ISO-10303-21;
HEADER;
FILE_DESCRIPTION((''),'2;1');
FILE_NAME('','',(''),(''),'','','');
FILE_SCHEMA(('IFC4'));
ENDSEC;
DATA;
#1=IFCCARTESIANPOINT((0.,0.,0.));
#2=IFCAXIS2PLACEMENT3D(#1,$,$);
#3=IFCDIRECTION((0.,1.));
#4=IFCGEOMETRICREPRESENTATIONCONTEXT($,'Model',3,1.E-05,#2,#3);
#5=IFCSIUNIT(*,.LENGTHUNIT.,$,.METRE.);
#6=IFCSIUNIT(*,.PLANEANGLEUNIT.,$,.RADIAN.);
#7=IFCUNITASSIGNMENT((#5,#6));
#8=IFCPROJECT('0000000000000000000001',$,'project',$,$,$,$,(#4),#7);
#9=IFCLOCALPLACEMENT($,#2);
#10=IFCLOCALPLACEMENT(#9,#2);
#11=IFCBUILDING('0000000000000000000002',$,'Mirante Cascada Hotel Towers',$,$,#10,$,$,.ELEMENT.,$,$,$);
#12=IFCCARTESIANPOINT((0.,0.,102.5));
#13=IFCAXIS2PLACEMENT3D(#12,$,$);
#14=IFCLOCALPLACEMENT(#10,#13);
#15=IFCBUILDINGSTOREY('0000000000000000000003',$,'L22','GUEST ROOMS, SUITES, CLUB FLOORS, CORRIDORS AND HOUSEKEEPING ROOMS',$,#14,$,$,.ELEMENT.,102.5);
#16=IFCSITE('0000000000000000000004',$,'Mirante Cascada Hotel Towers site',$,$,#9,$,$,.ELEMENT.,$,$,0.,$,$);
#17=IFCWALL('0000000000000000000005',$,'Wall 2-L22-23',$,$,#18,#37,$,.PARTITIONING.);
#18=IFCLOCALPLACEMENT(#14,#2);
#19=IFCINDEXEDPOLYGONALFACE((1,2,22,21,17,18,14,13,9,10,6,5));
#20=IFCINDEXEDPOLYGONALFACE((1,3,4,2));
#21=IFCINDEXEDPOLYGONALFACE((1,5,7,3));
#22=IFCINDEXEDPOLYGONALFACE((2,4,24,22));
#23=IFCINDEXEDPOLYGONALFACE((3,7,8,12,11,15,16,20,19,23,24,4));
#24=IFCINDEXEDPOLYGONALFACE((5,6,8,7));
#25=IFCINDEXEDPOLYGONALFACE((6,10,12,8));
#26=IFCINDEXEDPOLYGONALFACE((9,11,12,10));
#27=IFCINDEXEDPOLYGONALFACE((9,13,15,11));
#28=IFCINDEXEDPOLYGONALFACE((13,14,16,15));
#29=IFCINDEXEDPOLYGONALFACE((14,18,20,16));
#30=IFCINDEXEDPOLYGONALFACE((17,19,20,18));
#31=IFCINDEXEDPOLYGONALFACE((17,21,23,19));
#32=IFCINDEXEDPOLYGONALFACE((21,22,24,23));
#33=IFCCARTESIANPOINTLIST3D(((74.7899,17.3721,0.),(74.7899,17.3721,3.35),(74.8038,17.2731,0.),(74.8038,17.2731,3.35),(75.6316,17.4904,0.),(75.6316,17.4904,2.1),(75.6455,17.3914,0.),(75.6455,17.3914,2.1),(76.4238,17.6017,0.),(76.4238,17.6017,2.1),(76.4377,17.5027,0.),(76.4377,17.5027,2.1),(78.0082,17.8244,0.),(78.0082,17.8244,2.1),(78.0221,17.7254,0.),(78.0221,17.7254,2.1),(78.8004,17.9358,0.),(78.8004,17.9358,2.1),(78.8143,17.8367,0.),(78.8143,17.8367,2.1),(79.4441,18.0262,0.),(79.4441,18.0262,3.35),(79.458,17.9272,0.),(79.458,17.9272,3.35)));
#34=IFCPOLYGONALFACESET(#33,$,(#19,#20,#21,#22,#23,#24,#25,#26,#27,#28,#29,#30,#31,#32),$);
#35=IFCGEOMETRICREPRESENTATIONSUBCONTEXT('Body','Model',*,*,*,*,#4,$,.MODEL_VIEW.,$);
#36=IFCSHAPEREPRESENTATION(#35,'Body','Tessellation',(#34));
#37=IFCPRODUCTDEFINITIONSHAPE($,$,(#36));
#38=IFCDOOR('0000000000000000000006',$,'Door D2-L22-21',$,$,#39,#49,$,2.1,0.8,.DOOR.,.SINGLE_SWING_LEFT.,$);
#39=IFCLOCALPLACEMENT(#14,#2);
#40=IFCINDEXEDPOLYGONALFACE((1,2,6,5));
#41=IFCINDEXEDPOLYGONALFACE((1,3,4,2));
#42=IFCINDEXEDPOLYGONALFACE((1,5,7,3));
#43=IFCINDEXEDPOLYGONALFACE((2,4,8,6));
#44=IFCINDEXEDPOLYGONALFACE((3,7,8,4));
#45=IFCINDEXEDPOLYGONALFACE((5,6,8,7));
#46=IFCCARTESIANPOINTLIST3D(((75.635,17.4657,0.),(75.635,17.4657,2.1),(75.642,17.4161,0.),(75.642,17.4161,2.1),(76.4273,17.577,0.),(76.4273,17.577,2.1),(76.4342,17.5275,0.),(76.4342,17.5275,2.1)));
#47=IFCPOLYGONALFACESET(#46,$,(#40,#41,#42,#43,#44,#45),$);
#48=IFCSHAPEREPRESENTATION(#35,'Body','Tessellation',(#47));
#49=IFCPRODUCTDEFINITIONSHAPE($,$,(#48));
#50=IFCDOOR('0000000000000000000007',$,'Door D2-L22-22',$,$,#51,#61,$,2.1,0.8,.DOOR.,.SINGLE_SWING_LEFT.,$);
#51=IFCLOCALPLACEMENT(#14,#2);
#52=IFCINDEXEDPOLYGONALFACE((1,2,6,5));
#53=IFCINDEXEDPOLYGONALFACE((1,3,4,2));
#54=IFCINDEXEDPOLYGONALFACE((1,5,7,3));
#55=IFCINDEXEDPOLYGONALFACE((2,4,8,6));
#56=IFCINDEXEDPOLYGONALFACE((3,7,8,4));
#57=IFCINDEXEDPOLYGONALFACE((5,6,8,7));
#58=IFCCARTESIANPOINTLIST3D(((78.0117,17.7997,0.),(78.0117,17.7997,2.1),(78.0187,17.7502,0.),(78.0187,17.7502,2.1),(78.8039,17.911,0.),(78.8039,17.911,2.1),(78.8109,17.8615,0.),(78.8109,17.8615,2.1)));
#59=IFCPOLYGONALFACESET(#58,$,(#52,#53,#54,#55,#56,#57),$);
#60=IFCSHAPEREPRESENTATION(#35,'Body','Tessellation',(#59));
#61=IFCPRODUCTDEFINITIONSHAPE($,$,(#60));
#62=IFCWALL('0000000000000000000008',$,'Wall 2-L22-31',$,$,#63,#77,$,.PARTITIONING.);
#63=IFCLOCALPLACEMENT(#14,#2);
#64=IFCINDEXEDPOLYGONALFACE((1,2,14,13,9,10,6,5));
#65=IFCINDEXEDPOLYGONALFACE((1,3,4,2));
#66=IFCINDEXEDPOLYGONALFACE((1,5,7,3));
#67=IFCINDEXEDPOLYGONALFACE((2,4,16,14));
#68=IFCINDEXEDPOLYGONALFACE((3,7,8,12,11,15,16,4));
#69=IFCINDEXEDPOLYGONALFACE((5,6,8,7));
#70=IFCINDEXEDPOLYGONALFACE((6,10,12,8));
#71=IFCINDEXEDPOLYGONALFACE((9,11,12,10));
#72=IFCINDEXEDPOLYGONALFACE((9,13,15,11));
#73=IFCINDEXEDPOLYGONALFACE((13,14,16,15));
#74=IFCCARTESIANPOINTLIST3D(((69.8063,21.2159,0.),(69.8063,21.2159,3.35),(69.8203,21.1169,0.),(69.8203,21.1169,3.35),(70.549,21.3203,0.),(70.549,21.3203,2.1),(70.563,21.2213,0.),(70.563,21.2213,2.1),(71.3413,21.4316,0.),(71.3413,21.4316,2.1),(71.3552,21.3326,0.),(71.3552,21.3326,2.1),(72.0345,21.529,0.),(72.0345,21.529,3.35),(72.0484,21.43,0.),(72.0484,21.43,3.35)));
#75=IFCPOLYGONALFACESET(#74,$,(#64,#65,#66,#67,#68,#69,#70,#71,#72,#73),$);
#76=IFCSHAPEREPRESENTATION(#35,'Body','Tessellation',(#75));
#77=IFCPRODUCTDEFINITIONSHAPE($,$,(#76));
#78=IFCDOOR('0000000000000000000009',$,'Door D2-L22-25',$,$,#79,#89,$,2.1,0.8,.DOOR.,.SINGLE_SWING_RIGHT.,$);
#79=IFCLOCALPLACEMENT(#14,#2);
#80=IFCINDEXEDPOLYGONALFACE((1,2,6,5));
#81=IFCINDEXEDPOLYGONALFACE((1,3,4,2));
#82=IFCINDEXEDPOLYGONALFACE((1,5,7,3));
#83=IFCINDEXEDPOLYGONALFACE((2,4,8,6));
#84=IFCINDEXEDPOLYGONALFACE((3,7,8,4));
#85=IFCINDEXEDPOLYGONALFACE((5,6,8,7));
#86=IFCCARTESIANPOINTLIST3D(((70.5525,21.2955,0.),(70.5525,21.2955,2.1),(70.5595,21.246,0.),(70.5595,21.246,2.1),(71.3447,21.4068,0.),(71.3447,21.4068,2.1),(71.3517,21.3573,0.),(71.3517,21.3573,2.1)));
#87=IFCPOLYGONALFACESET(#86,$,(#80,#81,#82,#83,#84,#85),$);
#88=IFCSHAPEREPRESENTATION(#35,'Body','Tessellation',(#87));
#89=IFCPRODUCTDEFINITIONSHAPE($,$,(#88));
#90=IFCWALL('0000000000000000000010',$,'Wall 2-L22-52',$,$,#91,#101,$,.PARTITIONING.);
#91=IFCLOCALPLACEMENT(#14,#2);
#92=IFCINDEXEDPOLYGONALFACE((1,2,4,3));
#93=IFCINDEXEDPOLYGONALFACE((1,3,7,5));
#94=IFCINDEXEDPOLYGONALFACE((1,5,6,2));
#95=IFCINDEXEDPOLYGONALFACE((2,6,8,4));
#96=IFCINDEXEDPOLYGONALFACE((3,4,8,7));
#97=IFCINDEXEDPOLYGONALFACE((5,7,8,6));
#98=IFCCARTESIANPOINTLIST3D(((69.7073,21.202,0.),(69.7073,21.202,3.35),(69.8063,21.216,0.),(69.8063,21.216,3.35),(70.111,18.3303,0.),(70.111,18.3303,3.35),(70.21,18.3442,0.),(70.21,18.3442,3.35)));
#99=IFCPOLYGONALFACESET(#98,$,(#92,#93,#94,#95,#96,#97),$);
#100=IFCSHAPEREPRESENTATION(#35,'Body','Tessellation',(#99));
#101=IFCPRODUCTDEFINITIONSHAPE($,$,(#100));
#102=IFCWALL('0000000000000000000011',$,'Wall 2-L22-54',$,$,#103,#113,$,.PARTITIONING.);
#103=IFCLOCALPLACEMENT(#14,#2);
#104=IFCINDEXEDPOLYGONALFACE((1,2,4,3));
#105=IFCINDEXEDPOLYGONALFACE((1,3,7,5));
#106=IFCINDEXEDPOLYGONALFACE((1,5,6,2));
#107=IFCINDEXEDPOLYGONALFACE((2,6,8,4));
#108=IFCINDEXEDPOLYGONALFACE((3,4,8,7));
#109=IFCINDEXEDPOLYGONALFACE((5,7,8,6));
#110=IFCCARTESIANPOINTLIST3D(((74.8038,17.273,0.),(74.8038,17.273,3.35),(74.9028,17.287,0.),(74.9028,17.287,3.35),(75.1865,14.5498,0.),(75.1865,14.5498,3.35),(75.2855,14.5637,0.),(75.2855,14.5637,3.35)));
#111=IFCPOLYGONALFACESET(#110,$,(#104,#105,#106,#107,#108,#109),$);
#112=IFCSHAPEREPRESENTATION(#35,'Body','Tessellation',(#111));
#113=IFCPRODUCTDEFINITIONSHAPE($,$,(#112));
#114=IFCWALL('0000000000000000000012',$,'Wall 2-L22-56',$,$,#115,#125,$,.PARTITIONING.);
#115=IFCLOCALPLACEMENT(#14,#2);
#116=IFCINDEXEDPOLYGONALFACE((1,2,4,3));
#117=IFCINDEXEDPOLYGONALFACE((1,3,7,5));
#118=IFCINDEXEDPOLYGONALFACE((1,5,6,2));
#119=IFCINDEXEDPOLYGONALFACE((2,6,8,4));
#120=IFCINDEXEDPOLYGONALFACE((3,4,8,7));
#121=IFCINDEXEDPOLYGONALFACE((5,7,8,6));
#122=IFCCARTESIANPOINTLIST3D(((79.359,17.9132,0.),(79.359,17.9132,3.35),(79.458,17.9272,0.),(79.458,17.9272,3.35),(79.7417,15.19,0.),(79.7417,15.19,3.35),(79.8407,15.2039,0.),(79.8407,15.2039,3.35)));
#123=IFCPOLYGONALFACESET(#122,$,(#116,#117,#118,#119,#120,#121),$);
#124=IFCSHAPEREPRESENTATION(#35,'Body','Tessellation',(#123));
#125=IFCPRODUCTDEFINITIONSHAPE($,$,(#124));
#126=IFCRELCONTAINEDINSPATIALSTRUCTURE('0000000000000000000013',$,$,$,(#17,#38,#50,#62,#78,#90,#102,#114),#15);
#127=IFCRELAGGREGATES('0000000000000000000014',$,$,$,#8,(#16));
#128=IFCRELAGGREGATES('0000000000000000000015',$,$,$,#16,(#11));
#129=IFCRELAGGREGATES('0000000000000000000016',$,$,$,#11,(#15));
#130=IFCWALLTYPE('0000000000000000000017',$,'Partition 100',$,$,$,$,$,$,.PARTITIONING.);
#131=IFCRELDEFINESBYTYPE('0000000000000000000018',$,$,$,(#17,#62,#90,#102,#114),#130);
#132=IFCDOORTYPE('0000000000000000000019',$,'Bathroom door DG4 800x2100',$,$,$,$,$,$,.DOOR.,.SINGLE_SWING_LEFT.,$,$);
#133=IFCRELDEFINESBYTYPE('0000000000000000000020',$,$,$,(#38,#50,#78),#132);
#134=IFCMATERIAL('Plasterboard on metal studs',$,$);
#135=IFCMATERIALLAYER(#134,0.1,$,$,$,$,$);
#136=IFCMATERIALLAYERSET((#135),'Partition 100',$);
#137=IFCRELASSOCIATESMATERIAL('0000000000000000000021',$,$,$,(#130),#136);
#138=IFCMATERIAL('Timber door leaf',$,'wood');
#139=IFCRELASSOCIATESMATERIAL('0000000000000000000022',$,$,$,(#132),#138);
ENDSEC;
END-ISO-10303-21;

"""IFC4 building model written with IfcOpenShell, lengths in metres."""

from ifc_helpers import new_model, si_unit, direction, frame, frame_2d, origin, place, context, subcontext, project, spatial, rectangle, extrude, material, layer, layer_set, type_object, element, fill, save


model = new_model("IFC4")

# Units and contexts
model_context = context("Model", 3, precision=1e-05, world=origin(), true_north=direction((0.0, 1.0)))
body_context = subcontext(model_context, "Body", "Model", "MODEL_VIEW")
ifc_project = project(units=[si_unit("LENGTHUNIT", "METRE"), si_unit("PLANEANGLEUNIT", "RADIAN")], contexts=[model_context])

# Site, building, storey
site_placement = place(None, origin())
site = spatial("IfcSite", under=ifc_project, at=site_placement, Name="Mirante Cascada Hotel Towers site", CompositionType="ELEMENT", RefElevation=0.0)
building_placement = place(site_placement, origin())
building = spatial("IfcBuilding", under=site, at=building_placement, Name="Mirante Cascada Hotel Towers", CompositionType="ELEMENT")
storey_placement = place(building_placement, frame((0.0, 0.0, 102.5)))
storey = spatial("IfcBuildingStorey", under=building, at=storey_placement, Name="L22", Description="GUEST ROOMS, SUITES, CLUB FLOORS, CORRIDORS AND HOUSEKEEPING ROOMS", CompositionType="ELEMENT", Elevation=102.5)

# Shared definitions
ifc_material_1 = material(Name="Plasterboard on metal studs")
ifc_layer_1 = layer(ifc_material_1, 0.1)
ifc_layer_set_1 = layer_set([ifc_layer_1], Name="Partition 100")
wall_type_1 = type_object("IfcWallType", Name="Partition 100", PredefinedType="PARTITIONING", material=ifc_layer_set_1)
ifc_material_2 = material(Name="Timber door leaf", Category="wood")
door_type = type_object("IfcDoorType", Name="Bathroom door DG4 800x2100", OperationType="SINGLE_SWING_LEFT", PredefinedType="DOOR", material=ifc_material_2)

# Wall, openings, doors
wall_1_placement = place(storey_placement, frame((74.7968, 17.3226, 0.0), z_axis=(0.0, 0.0, 1.0), x_axis=(0.990268, 0.139172, 0.0)))
wall_1 = element("IfcWall", 1, at=wall_1_placement, inside=storey, type_object=wall_type_1, Name="Wall 2-L22-23", PredefinedType="PARTITIONING", context=body_context, shape_type="SweptSolid", body=[
    extrude(rectangle(XDim=4.6999, YDim=0.1, at=frame_2d((2.35, 0.0))), origin(), (0.0, 0.0, 1.0), 3.35),
])
opening_1_placement = place(wall_1_placement, frame((0.85, 0.0, 0.0)))
opening_1 = element("IfcOpeningElement", 2, at=opening_1_placement, cuts=wall_1, PredefinedType="OPENING", context=body_context, shape_type="SweptSolid", body=[
    extrude(rectangle(XDim=0.8, YDim=2.1, at=frame_2d((0.4, 1.05))), frame((0.0, 0.05, 0.0), z_axis=(0.0, -1.0, 0.0), x_axis=(1.0, 0.0, 0.0)), (0.0, 0.0, 1.0), 0.1),
])
opening_2_placement = place(wall_1_placement, frame((3.25, 0.0, 0.0)))
opening_2 = element("IfcOpeningElement", 3, at=opening_2_placement, cuts=wall_1, PredefinedType="OPENING", context=body_context, shape_type="SweptSolid", body=[
    extrude(rectangle(XDim=0.8, YDim=2.1, at=frame_2d((0.4, 1.05))), frame((0.0, 0.05, 0.0), z_axis=(0.0, -1.0, 0.0), x_axis=(1.0, 0.0, 0.0)), (0.0, 0.0, 1.0), 0.1),
])
door_1_placement = place(opening_1_placement, origin())
door_1 = element("IfcDoor", 4, at=door_1_placement, inside=storey, type_object=door_type, Name="Door D2-L22-21", OperationType="SINGLE_SWING_LEFT", OverallHeight=2.1, OverallWidth=0.8, PredefinedType="DOOR", context=body_context, shape_type="SweptSolid", body=[
    extrude(rectangle(XDim=0.8, YDim=2.1, at=frame_2d((0.4, 1.05))), frame((0.0, 0.025, 0.0), z_axis=(0.0, -1.0, 0.0), x_axis=(1.0, 0.0, 0.0)), (0.0, 0.0, 1.0), 0.05),
])
fill(opening_1, door_1)
door_2_placement = place(opening_2_placement, origin())
door_2 = element("IfcDoor", 5, at=door_2_placement, inside=storey, type_object=door_type, Name="Door D2-L22-22", OperationType="SINGLE_SWING_LEFT", OverallHeight=2.1, OverallWidth=0.8, PredefinedType="DOOR", context=body_context, shape_type="SweptSolid", body=[
    extrude(rectangle(XDim=0.8, YDim=2.1, at=frame_2d((0.4, 1.05))), frame((0.0, 0.025, 0.0), z_axis=(0.0, -1.0, 0.0), x_axis=(1.0, 0.0, 0.0)), (0.0, 0.0, 1.0), 0.05),
])
fill(opening_2, door_2)

# Wall, opening, door
wall_2_placement = place(storey_placement, frame((69.8133, 21.1664, 0.0), z_axis=(0.0, 0.0, 1.0), x_axis=(0.990271, 0.139156, 0.0)))
wall_2 = element("IfcWall", 6, at=wall_2_placement, inside=storey, type_object=wall_type_1, Name="Wall 2-L22-31", PredefinedType="PARTITIONING", context=body_context, shape_type="SweptSolid", body=[
    extrude(rectangle(XDim=2.25, YDim=0.1, at=frame_2d((1.125, 0.0))), origin(), (0.0, 0.0, 1.0), 3.35),
])
opening_3_placement = place(wall_2_placement, frame((0.75, 0.0, 0.0)))
opening_3 = element("IfcOpeningElement", 7, at=opening_3_placement, cuts=wall_2, PredefinedType="OPENING", context=body_context, shape_type="SweptSolid", body=[
    extrude(rectangle(XDim=0.8, YDim=2.1, at=frame_2d((0.4, 1.05))), frame((0.0, 0.05, 0.0), z_axis=(0.0, -1.0, 0.0), x_axis=(1.0, 0.0, 0.0)), (0.0, 0.0, 1.0), 0.1),
])
door_3_placement = place(opening_3_placement, frame((0.8, 0.0, 0.0), z_axis=(0.0, 0.0, 1.0), x_axis=(-1.0, 0.0, 0.0)))
door_3 = element("IfcDoor", 8, at=door_3_placement, inside=storey, type_object=door_type, Name="Door D2-L22-25", OperationType="SINGLE_SWING_RIGHT", OverallHeight=2.1, OverallWidth=0.8, PredefinedType="DOOR", context=body_context, shape_type="SweptSolid", body=[
    extrude(rectangle(XDim=0.8, YDim=2.1, at=frame_2d((0.4, 1.05))), frame((0.0, 0.025, 0.0), z_axis=(0.0, -1.0, 0.0), x_axis=(1.0, 0.0, 0.0)), (0.0, 0.0, 1.0), 0.05),
])
fill(opening_3, door_3)

# Walls
wall_3_placement = place(storey_placement, frame((69.7568, 21.209, 0.0), z_axis=(0.0, 0.0, 1.0), x_axis=(0.139205, -0.990264, 0.0)))
element("IfcWall", 9, at=wall_3_placement, inside=storey, type_object=wall_type_1, Name="Wall 2-L22-52", PredefinedType="PARTITIONING", context=body_context, shape_type="SweptSolid", body=[
    extrude(rectangle(XDim=2.9, YDim=0.1, at=frame_2d((1.45, 0.0))), origin(), (0.0, 0.0, 1.0), 3.35),
])
for number, where, z_axis, x_axis, name in (
    (10, (74.8533, 17.28, 0.0), (0.0, 0.0, 1.0), (0.139166, -0.990269, 0.0), "Wall 2-L22-54"),
    (11, (79.4085, 17.9202, 0.0), (0.0, 0.0, 1.0), (0.139166, -0.990269, 0.0), "Wall 2-L22-56"),
):
    element("IfcWall", number, at=place(storey_placement, frame(where, z_axis=z_axis, x_axis=x_axis)), inside=storey, type_object=wall_type_1, Name=name, PredefinedType="PARTITIONING", context=body_context, shape_type="SweptSolid", body=[
        extrude(rectangle(XDim=2.75, YDim=0.1, at=frame_2d((1.375, 0.0))), origin(), (0.0, 0.0, 1.0), 3.35),
    ])

save(model, "model.ifc")
